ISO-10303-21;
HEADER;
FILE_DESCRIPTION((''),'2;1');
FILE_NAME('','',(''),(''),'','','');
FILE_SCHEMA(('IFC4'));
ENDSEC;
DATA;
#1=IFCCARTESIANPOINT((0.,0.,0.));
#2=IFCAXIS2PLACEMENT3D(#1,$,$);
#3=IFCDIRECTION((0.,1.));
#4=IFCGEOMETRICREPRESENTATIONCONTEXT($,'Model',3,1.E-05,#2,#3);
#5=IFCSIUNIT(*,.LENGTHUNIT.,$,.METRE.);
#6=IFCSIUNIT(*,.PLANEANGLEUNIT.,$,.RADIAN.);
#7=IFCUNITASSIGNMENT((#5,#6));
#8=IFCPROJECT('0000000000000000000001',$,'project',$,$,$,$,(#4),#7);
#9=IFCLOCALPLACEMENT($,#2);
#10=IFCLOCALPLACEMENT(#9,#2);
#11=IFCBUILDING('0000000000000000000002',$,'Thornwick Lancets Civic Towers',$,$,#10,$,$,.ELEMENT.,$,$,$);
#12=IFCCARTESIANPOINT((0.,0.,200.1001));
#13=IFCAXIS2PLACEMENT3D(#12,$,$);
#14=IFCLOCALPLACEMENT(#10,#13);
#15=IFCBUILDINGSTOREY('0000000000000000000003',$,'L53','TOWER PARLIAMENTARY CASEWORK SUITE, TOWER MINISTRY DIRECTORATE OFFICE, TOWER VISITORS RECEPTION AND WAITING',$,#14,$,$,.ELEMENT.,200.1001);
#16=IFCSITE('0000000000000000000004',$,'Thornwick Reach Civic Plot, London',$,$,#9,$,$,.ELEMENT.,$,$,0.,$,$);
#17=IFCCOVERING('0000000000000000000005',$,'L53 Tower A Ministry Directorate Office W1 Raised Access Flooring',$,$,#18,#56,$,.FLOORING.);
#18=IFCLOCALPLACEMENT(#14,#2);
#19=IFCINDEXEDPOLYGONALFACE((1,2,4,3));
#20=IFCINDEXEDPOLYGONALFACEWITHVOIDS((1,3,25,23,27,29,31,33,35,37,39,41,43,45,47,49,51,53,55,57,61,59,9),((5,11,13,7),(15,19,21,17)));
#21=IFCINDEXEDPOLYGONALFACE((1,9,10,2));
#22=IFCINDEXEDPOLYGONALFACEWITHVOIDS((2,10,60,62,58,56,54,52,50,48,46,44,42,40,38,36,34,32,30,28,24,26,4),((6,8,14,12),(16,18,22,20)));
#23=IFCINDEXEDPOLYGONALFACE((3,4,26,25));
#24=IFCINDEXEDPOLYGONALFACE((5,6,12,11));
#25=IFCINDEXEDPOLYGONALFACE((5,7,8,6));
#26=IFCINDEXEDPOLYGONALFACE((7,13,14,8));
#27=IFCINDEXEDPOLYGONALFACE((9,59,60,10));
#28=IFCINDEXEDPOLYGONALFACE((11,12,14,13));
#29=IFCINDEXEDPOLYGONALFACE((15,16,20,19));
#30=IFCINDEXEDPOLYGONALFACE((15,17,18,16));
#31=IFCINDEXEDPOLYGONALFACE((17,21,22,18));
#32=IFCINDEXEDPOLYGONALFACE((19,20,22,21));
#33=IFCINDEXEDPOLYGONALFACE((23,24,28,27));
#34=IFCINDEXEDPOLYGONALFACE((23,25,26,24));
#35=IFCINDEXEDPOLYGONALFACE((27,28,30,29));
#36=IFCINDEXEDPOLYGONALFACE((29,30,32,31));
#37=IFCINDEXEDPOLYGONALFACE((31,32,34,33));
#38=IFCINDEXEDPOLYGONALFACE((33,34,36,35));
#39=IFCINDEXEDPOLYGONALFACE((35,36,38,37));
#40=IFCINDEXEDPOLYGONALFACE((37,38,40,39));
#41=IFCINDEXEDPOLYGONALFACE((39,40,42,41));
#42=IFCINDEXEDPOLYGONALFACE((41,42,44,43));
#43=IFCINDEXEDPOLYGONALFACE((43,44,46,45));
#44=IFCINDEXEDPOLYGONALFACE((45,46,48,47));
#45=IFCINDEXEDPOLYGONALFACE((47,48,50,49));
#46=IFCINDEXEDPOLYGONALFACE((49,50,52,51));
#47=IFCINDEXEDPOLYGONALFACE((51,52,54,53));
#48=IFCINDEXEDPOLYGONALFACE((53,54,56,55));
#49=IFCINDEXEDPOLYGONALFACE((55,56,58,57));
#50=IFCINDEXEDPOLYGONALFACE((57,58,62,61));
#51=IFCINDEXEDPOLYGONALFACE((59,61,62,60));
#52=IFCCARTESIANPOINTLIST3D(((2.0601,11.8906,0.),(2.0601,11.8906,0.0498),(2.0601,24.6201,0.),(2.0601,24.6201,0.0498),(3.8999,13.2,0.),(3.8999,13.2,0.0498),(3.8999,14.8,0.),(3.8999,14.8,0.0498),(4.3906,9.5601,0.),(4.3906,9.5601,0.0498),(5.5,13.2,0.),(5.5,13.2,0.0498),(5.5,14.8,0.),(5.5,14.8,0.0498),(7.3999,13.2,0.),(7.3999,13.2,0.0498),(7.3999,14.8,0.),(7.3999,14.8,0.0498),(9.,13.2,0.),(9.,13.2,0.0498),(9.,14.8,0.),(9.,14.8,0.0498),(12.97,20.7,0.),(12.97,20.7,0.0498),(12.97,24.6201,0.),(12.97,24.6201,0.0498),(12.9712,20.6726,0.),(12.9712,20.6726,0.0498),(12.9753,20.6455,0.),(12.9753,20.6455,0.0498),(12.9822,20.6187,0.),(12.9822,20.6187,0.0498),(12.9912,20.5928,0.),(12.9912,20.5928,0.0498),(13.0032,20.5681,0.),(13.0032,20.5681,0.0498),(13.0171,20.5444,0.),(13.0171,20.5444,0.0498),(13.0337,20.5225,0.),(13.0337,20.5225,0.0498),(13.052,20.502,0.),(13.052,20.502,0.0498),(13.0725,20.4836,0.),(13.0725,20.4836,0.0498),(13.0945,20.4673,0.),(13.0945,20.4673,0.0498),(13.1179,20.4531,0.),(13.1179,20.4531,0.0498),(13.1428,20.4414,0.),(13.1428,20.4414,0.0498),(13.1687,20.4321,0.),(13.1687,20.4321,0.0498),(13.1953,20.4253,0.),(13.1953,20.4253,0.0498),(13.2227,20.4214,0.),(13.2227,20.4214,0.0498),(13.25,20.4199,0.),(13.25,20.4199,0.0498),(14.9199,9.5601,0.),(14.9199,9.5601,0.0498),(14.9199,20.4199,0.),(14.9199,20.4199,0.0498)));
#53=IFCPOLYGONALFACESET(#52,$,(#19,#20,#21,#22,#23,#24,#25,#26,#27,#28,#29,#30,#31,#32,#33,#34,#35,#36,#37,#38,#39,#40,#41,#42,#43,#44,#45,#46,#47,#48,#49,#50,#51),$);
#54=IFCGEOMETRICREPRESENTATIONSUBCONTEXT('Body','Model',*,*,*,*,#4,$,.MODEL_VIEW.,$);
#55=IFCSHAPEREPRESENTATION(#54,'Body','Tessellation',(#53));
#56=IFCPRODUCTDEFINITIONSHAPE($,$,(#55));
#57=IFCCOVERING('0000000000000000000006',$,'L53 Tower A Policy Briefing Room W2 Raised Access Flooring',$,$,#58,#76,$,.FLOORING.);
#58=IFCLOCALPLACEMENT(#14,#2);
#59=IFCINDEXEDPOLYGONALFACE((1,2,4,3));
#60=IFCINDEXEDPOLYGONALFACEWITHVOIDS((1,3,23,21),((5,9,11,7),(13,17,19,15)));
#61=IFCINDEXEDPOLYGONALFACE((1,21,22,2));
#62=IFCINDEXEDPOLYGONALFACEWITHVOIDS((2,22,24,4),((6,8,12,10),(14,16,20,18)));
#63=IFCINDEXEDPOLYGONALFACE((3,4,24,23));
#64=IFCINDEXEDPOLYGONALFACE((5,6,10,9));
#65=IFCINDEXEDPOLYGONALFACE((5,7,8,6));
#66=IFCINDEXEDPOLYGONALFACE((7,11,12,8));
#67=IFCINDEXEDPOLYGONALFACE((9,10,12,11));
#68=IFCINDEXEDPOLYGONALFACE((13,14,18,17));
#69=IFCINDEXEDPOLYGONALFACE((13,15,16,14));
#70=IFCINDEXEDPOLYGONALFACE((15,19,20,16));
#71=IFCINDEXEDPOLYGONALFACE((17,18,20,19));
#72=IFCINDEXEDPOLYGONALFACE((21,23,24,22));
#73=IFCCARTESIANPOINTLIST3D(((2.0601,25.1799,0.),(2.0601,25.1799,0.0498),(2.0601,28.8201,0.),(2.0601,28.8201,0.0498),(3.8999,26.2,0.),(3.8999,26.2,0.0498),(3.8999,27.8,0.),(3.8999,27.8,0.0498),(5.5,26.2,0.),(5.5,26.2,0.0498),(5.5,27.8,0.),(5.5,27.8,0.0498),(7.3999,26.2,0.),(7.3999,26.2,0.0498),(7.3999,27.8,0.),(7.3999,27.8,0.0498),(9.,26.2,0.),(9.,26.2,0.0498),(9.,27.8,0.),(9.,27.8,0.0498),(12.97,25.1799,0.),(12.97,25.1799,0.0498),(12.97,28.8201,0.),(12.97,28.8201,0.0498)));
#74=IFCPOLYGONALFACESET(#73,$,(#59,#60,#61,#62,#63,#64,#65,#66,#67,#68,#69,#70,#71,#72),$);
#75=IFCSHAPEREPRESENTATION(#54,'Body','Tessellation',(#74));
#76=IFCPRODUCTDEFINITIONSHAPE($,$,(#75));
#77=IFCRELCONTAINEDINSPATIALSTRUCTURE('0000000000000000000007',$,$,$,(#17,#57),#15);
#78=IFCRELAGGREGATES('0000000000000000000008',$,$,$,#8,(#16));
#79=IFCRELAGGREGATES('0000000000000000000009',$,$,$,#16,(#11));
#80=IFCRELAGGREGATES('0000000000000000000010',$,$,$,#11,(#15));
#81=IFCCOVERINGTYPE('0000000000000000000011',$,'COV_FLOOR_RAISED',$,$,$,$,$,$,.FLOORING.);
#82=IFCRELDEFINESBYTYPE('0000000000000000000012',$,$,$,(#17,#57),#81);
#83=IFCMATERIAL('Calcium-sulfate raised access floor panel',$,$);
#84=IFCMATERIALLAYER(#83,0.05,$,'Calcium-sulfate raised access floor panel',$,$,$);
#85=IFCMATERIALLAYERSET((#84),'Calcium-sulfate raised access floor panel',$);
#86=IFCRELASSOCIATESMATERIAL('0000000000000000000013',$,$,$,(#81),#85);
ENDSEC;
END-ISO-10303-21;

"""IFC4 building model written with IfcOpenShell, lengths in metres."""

from ifc_helpers import new_model, si_unit, direction, frame, origin, place, context, subcontext, project, spatial, polyline, outline, extrude, material, layer, layer_set, type_object, element, save


model = new_model("IFC4")

# Units and contexts
model_context = context("Model", 3, precision=1e-05, world=origin(), true_north=direction((0.0, 1.0)))
body_context = subcontext(model_context, "Body", "Model", "MODEL_VIEW")
ifc_project = project(units=[si_unit("LENGTHUNIT", "METRE"), si_unit("PLANEANGLEUNIT", "RADIAN")], contexts=[model_context])

# Site, building, storey
site_placement = place(None, origin())
site = spatial("IfcSite", under=ifc_project, at=site_placement, Name="Thornwick Reach Civic Plot, London", CompositionType="ELEMENT", RefElevation=0.0)
building_placement = place(site_placement, origin())
building = spatial("IfcBuilding", under=site, at=building_placement, Name="Thornwick Lancets Civic Towers", CompositionType="ELEMENT")
storey_placement = place(building_placement, frame((0.0, 0.0, 200.1001)))
storey = spatial("IfcBuildingStorey", under=building, at=storey_placement, Name="L53", Description="TOWER PARLIAMENTARY CASEWORK SUITE, TOWER MINISTRY DIRECTORATE OFFICE, TOWER VISITORS RECEPTION AND WAITING", CompositionType="ELEMENT", Elevation=200.1001)

# Coverings
ifc_material_1 = material(Name="Calcium-sulfate raised access floor panel")
ifc_layer_1 = layer(ifc_material_1, 0.05, Name="Calcium-sulfate raised access floor panel")
ifc_layer_set_1 = layer_set([ifc_layer_1], Name="Calcium-sulfate raised access floor panel")
covering_type_1 = type_object("IfcCoveringType", Name="COV_FLOOR_RAISED", PredefinedType="FLOORING", material=ifc_layer_set_1)
covering_1_placement = place(storey_placement, origin())
element("IfcCovering", 1, at=covering_1_placement, inside=storey, type_object=covering_type_1, Name="L53 Tower A Ministry Directorate Office W1 Raised Access Flooring", PredefinedType="FLOORING", context=body_context, shape_type="SweptSolid", body=[
    extrude(outline(polyline([(2.0601, 11.8906), (2.0601, 24.6201), (12.97, 24.6201), (12.97, 20.7), (12.9712, 20.6726), (12.9753, 20.6455), (12.9822, 20.6187), (12.9912, 20.5928), (13.0032, 20.5681), (13.0171, 20.5444), (13.0337, 20.5225), (13.052, 20.502), (13.0725, 20.4836), (13.0945, 20.4673), (13.1179, 20.4531), (13.1428, 20.4414), (13.1687, 20.4321), (13.1953, 20.4253), (13.2227, 20.4214), (13.25, 20.4199), (14.9199, 20.4199), (14.9199, 9.5601), (4.3906, 9.5601), (2.0601, 11.8906)]), holes=[polyline([(7.3999, 13.2), (9.0, 13.2), (9.0, 14.8), (7.3999, 14.8), (7.3999, 13.2)]), polyline([(3.8999, 13.2), (5.5, 13.2), (5.5, 14.8), (3.8999, 14.8), (3.8999, 13.2)])]), origin(), (0.0, 0.0, 1.0), 0.0498),
])
covering_2_placement = place(storey_placement, origin())
element("IfcCovering", 2, at=covering_2_placement, inside=storey, type_object=covering_type_1, Name="L53 Tower A Policy Briefing Room W2 Raised Access Flooring", PredefinedType="FLOORING", context=body_context, shape_type="SweptSolid", body=[
    extrude(outline(polyline([(12.97, 25.1799), (2.0601, 25.1799), (2.0601, 28.8201), (12.97, 28.8201), (12.97, 25.1799)]), holes=[polyline([(7.3999, 26.2), (9.0, 26.2), (9.0, 27.8), (7.3999, 27.8), (7.3999, 26.2)]), polyline([(3.8999, 26.2), (5.5, 26.2), (5.5, 27.8), (3.8999, 27.8), (3.8999, 26.2)])]), origin(), (0.0, 0.0, 1.0), 0.0498),
])

save(model, "model.ifc")
